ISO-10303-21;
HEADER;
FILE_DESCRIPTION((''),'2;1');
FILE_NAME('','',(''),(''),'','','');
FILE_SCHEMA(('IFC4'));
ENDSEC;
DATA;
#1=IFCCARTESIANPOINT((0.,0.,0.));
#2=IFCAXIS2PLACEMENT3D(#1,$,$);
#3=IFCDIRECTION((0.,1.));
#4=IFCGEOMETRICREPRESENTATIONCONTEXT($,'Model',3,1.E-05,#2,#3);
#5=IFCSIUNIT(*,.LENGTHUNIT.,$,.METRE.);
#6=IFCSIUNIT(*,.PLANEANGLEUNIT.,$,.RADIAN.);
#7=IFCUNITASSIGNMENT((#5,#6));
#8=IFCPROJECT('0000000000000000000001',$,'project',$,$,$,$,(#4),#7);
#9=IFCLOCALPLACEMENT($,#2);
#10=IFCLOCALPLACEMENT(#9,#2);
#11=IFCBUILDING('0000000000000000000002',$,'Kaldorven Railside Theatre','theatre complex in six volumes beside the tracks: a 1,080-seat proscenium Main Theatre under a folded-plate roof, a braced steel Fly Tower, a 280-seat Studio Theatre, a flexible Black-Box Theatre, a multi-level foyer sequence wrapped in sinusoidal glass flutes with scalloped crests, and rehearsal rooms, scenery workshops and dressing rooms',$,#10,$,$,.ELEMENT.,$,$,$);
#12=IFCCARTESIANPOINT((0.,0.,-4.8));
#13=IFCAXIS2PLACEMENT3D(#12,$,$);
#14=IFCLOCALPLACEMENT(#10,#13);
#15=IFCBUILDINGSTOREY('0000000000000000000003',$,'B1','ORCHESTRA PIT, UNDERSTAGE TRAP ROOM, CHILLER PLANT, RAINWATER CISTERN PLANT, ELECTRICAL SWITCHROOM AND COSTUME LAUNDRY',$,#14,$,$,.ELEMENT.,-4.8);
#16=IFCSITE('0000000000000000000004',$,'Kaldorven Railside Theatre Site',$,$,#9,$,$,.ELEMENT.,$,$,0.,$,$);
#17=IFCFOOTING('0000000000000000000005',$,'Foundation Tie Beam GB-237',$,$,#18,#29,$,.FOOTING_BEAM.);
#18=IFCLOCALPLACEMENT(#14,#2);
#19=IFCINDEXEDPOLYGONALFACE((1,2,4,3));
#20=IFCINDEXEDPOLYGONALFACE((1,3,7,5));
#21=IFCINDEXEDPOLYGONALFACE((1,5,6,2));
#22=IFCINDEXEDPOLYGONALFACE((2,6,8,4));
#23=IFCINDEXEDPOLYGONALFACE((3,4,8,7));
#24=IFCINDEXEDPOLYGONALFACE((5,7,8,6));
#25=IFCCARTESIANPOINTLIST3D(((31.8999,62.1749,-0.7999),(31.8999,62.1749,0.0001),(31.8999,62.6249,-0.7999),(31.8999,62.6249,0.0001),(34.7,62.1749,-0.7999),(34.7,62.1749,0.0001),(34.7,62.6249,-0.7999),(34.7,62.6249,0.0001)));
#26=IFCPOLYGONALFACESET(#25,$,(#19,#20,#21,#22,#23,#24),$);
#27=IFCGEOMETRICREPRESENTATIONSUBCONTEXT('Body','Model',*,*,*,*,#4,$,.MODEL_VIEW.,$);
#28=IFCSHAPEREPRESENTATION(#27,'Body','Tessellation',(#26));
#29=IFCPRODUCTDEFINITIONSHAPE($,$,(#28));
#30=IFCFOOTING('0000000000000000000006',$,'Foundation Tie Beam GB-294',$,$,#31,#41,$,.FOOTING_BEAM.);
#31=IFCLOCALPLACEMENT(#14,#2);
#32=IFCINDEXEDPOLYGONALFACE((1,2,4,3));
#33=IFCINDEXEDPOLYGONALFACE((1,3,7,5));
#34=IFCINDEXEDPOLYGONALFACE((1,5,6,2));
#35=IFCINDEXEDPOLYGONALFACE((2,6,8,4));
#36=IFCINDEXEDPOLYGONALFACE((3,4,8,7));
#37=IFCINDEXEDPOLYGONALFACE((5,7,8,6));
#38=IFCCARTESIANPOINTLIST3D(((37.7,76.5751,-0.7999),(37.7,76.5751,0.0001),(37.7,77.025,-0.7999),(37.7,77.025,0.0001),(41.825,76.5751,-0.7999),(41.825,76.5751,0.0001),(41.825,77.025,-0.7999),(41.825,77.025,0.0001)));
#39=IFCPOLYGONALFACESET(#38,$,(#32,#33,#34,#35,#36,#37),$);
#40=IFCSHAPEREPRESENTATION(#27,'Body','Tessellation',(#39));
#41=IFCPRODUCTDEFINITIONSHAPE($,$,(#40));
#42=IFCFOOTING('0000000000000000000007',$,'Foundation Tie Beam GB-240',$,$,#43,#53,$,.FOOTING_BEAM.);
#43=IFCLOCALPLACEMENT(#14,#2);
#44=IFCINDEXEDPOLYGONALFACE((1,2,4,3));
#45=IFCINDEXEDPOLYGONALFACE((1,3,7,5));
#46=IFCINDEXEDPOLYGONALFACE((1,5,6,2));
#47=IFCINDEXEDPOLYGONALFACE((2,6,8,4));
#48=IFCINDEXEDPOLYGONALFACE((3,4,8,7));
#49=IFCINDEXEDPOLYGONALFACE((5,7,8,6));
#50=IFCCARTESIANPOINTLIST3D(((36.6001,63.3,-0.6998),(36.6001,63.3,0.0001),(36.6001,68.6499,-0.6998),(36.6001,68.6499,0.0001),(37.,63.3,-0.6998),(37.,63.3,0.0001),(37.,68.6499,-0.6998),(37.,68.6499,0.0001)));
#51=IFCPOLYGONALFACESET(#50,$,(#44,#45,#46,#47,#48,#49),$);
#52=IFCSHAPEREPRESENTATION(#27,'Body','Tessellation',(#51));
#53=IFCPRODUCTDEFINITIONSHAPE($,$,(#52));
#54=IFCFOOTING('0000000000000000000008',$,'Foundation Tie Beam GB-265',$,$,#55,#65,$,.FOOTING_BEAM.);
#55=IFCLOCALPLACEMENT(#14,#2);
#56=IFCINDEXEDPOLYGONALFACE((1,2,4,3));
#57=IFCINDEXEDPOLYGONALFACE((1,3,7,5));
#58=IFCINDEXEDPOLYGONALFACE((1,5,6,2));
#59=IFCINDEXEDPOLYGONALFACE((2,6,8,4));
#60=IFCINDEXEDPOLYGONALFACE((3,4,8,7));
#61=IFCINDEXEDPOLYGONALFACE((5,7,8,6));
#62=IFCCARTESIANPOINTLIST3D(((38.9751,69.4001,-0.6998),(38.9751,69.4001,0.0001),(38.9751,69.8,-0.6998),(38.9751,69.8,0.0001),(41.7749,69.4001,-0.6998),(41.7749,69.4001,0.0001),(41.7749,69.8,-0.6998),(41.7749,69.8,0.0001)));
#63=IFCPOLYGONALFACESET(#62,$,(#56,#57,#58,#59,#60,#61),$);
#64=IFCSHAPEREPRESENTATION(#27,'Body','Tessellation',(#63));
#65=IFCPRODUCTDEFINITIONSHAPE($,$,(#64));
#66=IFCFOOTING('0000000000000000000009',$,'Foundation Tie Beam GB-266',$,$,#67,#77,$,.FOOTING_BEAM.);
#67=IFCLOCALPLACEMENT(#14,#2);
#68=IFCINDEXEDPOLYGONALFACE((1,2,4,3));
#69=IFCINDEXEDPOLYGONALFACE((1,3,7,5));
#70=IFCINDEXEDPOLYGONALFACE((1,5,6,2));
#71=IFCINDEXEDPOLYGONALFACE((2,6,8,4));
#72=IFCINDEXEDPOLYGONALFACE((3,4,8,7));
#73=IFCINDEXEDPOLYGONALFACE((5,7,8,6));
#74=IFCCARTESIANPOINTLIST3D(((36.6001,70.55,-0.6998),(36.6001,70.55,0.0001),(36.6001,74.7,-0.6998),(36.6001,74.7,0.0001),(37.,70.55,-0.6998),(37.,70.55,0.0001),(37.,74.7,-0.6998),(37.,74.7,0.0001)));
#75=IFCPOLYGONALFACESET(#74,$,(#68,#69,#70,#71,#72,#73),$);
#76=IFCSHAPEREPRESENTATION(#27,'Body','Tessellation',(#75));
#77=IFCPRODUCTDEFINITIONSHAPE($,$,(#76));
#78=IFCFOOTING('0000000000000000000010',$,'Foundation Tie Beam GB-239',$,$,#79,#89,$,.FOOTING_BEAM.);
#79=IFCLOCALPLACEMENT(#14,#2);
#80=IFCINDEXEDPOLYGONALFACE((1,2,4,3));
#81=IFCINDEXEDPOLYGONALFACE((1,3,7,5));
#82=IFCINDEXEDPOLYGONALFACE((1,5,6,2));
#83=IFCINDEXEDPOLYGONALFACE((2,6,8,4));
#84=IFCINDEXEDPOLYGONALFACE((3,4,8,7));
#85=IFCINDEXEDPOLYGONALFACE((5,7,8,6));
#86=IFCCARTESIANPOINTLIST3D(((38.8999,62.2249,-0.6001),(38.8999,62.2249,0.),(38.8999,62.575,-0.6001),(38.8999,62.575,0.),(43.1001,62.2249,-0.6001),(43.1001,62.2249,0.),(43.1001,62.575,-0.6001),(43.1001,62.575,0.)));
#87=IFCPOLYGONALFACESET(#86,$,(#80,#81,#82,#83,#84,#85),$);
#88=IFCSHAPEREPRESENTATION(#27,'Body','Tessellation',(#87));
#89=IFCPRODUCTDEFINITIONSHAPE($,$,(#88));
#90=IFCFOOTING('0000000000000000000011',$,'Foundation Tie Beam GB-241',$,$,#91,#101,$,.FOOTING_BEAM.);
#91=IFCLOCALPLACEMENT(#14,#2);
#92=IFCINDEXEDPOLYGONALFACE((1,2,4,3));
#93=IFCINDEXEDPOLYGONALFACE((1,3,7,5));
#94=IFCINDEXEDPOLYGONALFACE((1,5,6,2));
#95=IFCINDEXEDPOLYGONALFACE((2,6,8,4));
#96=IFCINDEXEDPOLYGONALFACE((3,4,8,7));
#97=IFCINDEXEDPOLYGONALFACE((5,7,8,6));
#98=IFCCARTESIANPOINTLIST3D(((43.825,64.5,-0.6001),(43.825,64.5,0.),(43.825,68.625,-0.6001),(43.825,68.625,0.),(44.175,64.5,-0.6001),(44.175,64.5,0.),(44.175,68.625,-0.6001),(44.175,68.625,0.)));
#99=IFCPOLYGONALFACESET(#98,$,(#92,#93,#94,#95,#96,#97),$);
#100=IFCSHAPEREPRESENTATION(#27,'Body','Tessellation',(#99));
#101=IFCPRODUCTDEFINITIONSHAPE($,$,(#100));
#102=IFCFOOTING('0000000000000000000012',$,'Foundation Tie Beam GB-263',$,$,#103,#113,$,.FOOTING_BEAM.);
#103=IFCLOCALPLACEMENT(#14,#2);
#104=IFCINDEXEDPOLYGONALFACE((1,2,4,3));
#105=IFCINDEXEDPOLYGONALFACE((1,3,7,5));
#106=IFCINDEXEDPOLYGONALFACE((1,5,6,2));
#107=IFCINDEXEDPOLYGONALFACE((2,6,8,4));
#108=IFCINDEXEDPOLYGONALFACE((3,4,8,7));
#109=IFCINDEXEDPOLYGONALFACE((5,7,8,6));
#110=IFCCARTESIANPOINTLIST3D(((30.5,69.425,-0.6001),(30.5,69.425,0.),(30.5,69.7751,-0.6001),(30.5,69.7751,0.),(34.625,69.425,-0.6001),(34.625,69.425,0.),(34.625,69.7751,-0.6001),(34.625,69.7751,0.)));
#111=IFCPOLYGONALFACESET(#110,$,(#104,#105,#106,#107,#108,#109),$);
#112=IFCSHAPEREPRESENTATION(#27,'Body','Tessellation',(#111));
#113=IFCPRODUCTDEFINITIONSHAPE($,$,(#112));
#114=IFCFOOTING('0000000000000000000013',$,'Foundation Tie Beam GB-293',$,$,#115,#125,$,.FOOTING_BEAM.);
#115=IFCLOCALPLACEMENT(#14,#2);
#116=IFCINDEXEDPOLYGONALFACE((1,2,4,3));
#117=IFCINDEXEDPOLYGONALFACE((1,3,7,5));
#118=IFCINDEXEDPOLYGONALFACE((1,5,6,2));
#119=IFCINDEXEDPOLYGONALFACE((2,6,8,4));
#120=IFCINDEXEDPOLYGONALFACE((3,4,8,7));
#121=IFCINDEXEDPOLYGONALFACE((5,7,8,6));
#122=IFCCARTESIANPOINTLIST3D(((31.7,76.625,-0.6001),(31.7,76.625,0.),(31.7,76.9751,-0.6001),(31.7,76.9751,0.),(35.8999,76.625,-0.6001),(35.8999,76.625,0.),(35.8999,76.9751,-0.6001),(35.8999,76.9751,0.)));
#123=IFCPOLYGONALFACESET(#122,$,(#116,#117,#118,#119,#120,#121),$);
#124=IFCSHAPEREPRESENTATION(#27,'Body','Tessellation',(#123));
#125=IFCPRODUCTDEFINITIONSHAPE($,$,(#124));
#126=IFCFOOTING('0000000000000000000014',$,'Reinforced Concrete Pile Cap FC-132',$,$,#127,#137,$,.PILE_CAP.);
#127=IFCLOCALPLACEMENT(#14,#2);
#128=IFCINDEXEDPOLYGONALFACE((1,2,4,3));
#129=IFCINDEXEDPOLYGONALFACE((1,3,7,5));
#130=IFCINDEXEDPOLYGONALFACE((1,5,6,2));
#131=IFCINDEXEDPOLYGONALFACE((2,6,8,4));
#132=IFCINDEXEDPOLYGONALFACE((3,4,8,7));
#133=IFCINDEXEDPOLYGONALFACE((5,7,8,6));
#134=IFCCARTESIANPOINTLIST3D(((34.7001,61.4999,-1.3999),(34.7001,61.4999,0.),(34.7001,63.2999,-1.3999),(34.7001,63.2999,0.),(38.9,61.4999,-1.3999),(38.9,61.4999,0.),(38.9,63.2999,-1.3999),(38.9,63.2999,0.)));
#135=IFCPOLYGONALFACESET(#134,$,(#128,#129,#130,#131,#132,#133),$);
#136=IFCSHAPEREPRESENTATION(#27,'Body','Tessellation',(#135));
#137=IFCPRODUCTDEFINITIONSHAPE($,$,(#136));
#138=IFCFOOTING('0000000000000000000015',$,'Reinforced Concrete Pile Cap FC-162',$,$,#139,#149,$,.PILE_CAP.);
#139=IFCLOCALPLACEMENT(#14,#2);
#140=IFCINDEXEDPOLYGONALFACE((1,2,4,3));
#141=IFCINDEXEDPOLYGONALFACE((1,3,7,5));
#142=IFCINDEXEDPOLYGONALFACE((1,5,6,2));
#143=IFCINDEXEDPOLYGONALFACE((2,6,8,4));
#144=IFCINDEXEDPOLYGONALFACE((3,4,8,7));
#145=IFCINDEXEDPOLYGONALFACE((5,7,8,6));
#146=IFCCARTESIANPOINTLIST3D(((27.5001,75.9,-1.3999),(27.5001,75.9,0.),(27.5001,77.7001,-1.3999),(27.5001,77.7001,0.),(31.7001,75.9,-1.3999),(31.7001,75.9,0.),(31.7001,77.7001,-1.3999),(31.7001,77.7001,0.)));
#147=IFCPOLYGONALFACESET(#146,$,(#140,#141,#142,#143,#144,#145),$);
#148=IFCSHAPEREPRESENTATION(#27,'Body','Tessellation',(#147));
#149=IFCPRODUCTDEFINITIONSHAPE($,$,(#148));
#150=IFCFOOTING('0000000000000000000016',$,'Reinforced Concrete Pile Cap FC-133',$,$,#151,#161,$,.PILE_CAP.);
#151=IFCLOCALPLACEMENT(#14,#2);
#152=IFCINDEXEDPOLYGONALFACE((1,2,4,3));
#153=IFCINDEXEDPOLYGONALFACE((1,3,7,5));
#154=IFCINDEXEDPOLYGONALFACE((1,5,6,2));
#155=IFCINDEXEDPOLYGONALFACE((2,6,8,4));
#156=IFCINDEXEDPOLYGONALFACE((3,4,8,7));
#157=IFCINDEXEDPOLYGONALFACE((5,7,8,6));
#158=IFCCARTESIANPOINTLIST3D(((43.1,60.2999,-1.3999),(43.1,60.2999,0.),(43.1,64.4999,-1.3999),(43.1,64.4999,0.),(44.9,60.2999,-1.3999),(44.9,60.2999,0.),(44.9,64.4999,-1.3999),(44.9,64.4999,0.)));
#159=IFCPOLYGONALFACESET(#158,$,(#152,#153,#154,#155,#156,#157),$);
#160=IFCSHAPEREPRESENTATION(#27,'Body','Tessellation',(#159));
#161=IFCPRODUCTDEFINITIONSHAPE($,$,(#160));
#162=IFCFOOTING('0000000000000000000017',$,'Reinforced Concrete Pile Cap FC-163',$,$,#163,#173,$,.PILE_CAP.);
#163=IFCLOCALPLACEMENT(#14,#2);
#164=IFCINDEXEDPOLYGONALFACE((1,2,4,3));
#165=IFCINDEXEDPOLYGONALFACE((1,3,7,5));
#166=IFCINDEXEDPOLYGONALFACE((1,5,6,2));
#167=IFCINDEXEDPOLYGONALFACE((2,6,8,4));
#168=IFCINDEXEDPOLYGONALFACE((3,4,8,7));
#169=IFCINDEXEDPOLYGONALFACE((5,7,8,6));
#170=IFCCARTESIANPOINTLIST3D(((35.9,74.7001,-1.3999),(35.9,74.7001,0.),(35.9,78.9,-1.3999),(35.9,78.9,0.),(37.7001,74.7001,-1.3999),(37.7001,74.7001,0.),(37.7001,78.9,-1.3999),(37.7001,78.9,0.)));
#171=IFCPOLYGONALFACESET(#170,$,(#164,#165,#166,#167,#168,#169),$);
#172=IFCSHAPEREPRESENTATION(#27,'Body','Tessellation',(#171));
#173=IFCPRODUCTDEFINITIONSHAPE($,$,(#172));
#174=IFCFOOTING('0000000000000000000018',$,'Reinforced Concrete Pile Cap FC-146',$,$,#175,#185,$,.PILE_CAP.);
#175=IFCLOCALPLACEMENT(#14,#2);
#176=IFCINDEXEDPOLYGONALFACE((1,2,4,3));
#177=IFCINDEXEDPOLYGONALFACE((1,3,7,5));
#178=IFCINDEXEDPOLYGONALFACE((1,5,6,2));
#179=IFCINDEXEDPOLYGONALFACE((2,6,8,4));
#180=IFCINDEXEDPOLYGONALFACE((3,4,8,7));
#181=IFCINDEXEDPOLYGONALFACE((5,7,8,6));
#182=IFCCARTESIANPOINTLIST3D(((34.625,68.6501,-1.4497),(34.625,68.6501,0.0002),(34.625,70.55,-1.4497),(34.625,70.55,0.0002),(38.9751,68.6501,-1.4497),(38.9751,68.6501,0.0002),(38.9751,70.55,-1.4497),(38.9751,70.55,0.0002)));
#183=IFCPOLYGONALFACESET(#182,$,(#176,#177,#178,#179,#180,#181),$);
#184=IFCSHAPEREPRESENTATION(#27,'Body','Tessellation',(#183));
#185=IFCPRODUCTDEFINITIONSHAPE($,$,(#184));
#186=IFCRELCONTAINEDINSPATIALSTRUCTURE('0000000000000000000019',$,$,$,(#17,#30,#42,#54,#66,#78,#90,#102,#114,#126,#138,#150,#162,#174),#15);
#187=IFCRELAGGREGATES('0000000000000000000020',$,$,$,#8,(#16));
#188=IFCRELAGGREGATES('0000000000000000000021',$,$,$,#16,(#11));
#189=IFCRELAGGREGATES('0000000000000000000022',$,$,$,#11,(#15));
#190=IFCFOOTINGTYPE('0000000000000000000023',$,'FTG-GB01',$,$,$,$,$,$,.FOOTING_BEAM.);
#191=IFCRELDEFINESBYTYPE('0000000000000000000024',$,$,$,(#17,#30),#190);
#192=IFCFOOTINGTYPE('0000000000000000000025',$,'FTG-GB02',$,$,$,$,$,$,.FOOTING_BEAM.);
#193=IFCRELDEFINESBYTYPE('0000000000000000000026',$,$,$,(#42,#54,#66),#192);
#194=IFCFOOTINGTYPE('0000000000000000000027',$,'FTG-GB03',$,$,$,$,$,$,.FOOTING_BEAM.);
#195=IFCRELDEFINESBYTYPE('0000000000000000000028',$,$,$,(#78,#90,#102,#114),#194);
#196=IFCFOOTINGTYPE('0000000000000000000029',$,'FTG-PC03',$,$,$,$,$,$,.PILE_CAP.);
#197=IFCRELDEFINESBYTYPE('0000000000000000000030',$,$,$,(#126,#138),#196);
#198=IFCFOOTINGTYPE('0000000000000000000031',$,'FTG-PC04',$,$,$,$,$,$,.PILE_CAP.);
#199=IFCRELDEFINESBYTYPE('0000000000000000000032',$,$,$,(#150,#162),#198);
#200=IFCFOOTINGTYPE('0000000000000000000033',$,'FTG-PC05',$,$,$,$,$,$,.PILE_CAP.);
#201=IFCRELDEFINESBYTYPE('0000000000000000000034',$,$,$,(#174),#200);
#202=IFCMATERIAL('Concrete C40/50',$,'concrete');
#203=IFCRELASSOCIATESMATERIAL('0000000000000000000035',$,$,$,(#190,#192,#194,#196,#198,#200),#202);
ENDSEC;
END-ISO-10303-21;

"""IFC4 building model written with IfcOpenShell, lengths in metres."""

from ifc_helpers import new_model, si_unit, direction, frame, origin, origin_2d, place, context, subcontext, project, spatial, rectangle, extrude, material, material_profile, profile_set, type_object, element, save


model = new_model("IFC4")

# Units and contexts
model_context = context("Model", 3, precision=1e-05, world=origin(), true_north=direction((0.0, 1.0)))
body_context = subcontext(model_context, "Body", "Model", "MODEL_VIEW")
ifc_project = project(units=[si_unit("LENGTHUNIT", "METRE"), si_unit("PLANEANGLEUNIT", "RADIAN")], contexts=[model_context])

# Site, building, storey
site_placement = place(None, origin())
site = spatial("IfcSite", under=ifc_project, at=site_placement, Name="Kaldorven Railside Theatre Site", CompositionType="ELEMENT", RefElevation=0.0)
building_placement = place(site_placement, origin())
building = spatial("IfcBuilding", under=site, at=building_placement, Name="Kaldorven Railside Theatre", Description="theatre complex in six volumes beside the tracks: a 1,080-seat proscenium Main Theatre under a folded-plate roof, a braced steel Fly Tower, a 280-seat Studio Theatre, a flexible Black-Box Theatre, a multi-level foyer sequence wrapped in sinusoidal glass flutes with scalloped crests, and rehearsal rooms, scenery workshops and dressing rooms", CompositionType="ELEMENT")
storey_placement = place(building_placement, frame((0.0, 0.0, -4.8)))
storey = spatial("IfcBuildingStorey", under=building, at=storey_placement, Name="B1", Description="ORCHESTRA PIT, UNDERSTAGE TRAP ROOM, CHILLER PLANT, RAINWATER CISTERN PLANT, ELECTRICAL SWITCHROOM AND COSTUME LAUNDRY", CompositionType="ELEMENT", Elevation=-4.8)

# Footings
ifc_material_1 = material(Name="Concrete C40/50", Category="concrete")
ifc_material_profile_1 = material_profile(ifc_material_1, rectangle(XDim=0.45, YDim=0.8, at=origin_2d()), Name="RC 450x800")
ifc_profile_set_1 = profile_set([ifc_material_profile_1], Name="Concrete C40/50")
footing_type_1 = type_object("IfcFootingType", Name="FTG-GB01", PredefinedType="FOOTING_BEAM", material=ifc_profile_set_1)
footing_1_placement = place(storey_placement, frame((31.8999, 62.3999, -0.3999), z_axis=(1.0, 0.0, 0.0), x_axis=(0.0, 1.0, 0.0)))
element("IfcFooting", 1, at=footing_1_placement, inside=storey, type_object=footing_type_1, Name="Foundation Tie Beam GB-237", PredefinedType="FOOTING_BEAM", context=body_context, shape_type="SweptSolid", body=[
    extrude(rectangle(XDim=0.45, YDim=0.8, at=origin_2d()), origin(), (0.0, 0.0, 1.0), 2.8),
])
footing_2_placement = place(storey_placement, frame((37.7, 76.8, -0.3999), z_axis=(1.0, 0.0, 0.0), x_axis=(0.0, 1.0, 0.0)))
element("IfcFooting", 2, at=footing_2_placement, inside=storey, type_object=footing_type_1, Name="Foundation Tie Beam GB-294", PredefinedType="FOOTING_BEAM", context=body_context, shape_type="SweptSolid", body=[
    extrude(rectangle(XDim=0.45, YDim=0.8, at=origin_2d()), origin(), (0.0, 0.0, 1.0), 4.125),
])
ifc_material_profile_2 = material_profile(ifc_material_1, rectangle(XDim=0.3999, YDim=0.7, at=origin_2d()), Name="RC 400x700")
ifc_profile_set_2 = profile_set([ifc_material_profile_2], Name="Concrete C40/50")
footing_type_2 = type_object("IfcFootingType", Name="FTG-GB02", PredefinedType="FOOTING_BEAM", material=ifc_profile_set_2)
footing_3_placement = place(storey_placement, frame((36.8, 63.3, -0.3499), z_axis=(0.0, 1.0, 0.0), x_axis=(-1.0, 0.0, 0.0)))
element("IfcFooting", 3, at=footing_3_placement, inside=storey, type_object=footing_type_2, Name="Foundation Tie Beam GB-240", PredefinedType="FOOTING_BEAM", context=body_context, shape_type="SweptSolid", body=[
    extrude(rectangle(XDim=0.3999, YDim=0.7, at=origin_2d()), origin(), (0.0, 0.0, 1.0), 5.3499),
])
footing_4_placement = place(storey_placement, frame((38.9751, 69.6001, -0.3499), z_axis=(1.0, 0.0, 0.0), x_axis=(0.0, 1.0, 0.0)))
element("IfcFooting", 4, at=footing_4_placement, inside=storey, type_object=footing_type_2, Name="Foundation Tie Beam GB-265", PredefinedType="FOOTING_BEAM", context=body_context, shape_type="SweptSolid", body=[
    extrude(rectangle(XDim=0.3999, YDim=0.7, at=origin_2d()), origin(), (0.0, 0.0, 1.0), 2.7998),
])
footing_5_placement = place(storey_placement, frame((36.8, 70.55, -0.3499), z_axis=(0.0, 1.0, 0.0), x_axis=(-1.0, 0.0, 0.0)))
element("IfcFooting", 5, at=footing_5_placement, inside=storey, type_object=footing_type_2, Name="Foundation Tie Beam GB-266", PredefinedType="FOOTING_BEAM", context=body_context, shape_type="SweptSolid", body=[
    extrude(rectangle(XDim=0.3999, YDim=0.7, at=origin_2d()), origin(), (0.0, 0.0, 1.0), 4.1499),
])
ifc_material_profile_3 = material_profile(ifc_material_1, rectangle(XDim=0.3501, YDim=0.6001, at=origin_2d()), Name="RC 350x600")
ifc_profile_set_3 = profile_set([ifc_material_profile_3], Name="Concrete C40/50")
footing_type_3 = type_object("IfcFootingType", Name="FTG-GB03", PredefinedType="FOOTING_BEAM", material=ifc_profile_set_3)
footing_6_placement = place(storey_placement, frame((38.8999, 62.3999, -0.3), z_axis=(1.0, 0.0, 0.0), x_axis=(0.0, 1.0, 0.0)))
element("IfcFooting", 6, at=footing_6_placement, inside=storey, type_object=footing_type_3, Name="Foundation Tie Beam GB-239", PredefinedType="FOOTING_BEAM", context=body_context, shape_type="SweptSolid", body=[
    extrude(rectangle(XDim=0.3501, YDim=0.6001, at=origin_2d()), origin(), (0.0, 0.0, 1.0), 4.2002),
])
for number, where, z_axis, x_axis, name in (
    (7, (44.0, 64.5, -0.3), (0.0, 1.0, 0.0), (-1.0, 0.0, 0.0), "Foundation Tie Beam GB-241"),
    (8, (30.5, 69.6001, -0.3), (1.0, 0.0, 0.0), (0.0, 1.0, 0.0), "Foundation Tie Beam GB-263"),
):
    element("IfcFooting", number, at=place(storey_placement, frame(where, z_axis=z_axis, x_axis=x_axis)), inside=storey, type_object=footing_type_3, Name=name, PredefinedType="FOOTING_BEAM", context=body_context, shape_type="SweptSolid", body=[
        extrude(rectangle(XDim=0.3501, YDim=0.6001, at=origin_2d()), origin(), (0.0, 0.0, 1.0), 4.125),
    ])
footing_7_placement = place(storey_placement, frame((31.7, 76.8, -0.3), z_axis=(1.0, 0.0, 0.0), x_axis=(0.0, 1.0, 0.0)))
element("IfcFooting", 9, at=footing_7_placement, inside=storey, type_object=footing_type_3, Name="Foundation Tie Beam GB-293", PredefinedType="FOOTING_BEAM", context=body_context, shape_type="SweptSolid", body=[
    extrude(rectangle(XDim=0.3501, YDim=0.6001, at=origin_2d()), origin(), (0.0, 0.0, 1.0), 4.2),
])
footing_type_4 = type_object("IfcFootingType", Name="FTG-PC03", PredefinedType="PILE_CAP", material=ifc_material_1)
for number, where, z_axis, x_axis, name in (
    (10, (36.8, 62.3999, -1.3999), (0.0, 0.0, 1.0), (1.0, 0.0, 0.0), "Reinforced Concrete Pile Cap FC-132"),
    (11, (29.6001, 76.8, -1.3999), (0.0, 0.0, 1.0), (1.0, 0.0, 0.0), "Reinforced Concrete Pile Cap FC-162"),
):
    element("IfcFooting", number, at=place(storey_placement, frame(where, z_axis=z_axis, x_axis=x_axis)), inside=storey, type_object=footing_type_4, Name=name, PredefinedType="PILE_CAP", context=body_context, shape_type="SweptSolid", body=[
        extrude(rectangle(XDim=4.2, YDim=1.8, at=origin_2d()), origin(), (0.0, 0.0, 1.0), 1.3999),
    ])
footing_type_5 = type_object("IfcFootingType", Name="FTG-PC04", PredefinedType="PILE_CAP", material=ifc_material_1)
for number, where, z_axis, x_axis, name in (
    (12, (44.0, 62.3999, -1.3999), (0.0, 0.0, 1.0), (1.0, 0.0, 0.0), "Reinforced Concrete Pile Cap FC-133"),
    (13, (36.8, 76.8, -1.3999), (0.0, 0.0, 1.0), (1.0, 0.0, 0.0), "Reinforced Concrete Pile Cap FC-163"),
):
    element("IfcFooting", number, at=place(storey_placement, frame(where, z_axis=z_axis, x_axis=x_axis)), inside=storey, type_object=footing_type_5, Name=name, PredefinedType="PILE_CAP", context=body_context, shape_type="SweptSolid", body=[
        extrude(rectangle(XDim=1.8, YDim=4.2, at=origin_2d()), origin(), (0.0, 0.0, 1.0), 1.3999),
    ])
footing_type_6 = type_object("IfcFootingType", Name="FTG-PC05", PredefinedType="PILE_CAP", material=ifc_material_1)
footing_8_placement = place(storey_placement, frame((36.8, 69.6001, -1.4497), z_axis=(0.0, 0.0, 1.0), x_axis=(1.0, 0.0, 0.0)))
element("IfcFooting", 14, at=footing_8_placement, inside=storey, type_object=footing_type_6, Name="Reinforced Concrete Pile Cap FC-146", PredefinedType="PILE_CAP", context=body_context, shape_type="SweptSolid", body=[
    extrude(rectangle(XDim=4.3501, YDim=1.8999, at=origin_2d()), origin(), (0.0, 0.0, 1.0), 1.45),
])

save(model, "model.ifc")
